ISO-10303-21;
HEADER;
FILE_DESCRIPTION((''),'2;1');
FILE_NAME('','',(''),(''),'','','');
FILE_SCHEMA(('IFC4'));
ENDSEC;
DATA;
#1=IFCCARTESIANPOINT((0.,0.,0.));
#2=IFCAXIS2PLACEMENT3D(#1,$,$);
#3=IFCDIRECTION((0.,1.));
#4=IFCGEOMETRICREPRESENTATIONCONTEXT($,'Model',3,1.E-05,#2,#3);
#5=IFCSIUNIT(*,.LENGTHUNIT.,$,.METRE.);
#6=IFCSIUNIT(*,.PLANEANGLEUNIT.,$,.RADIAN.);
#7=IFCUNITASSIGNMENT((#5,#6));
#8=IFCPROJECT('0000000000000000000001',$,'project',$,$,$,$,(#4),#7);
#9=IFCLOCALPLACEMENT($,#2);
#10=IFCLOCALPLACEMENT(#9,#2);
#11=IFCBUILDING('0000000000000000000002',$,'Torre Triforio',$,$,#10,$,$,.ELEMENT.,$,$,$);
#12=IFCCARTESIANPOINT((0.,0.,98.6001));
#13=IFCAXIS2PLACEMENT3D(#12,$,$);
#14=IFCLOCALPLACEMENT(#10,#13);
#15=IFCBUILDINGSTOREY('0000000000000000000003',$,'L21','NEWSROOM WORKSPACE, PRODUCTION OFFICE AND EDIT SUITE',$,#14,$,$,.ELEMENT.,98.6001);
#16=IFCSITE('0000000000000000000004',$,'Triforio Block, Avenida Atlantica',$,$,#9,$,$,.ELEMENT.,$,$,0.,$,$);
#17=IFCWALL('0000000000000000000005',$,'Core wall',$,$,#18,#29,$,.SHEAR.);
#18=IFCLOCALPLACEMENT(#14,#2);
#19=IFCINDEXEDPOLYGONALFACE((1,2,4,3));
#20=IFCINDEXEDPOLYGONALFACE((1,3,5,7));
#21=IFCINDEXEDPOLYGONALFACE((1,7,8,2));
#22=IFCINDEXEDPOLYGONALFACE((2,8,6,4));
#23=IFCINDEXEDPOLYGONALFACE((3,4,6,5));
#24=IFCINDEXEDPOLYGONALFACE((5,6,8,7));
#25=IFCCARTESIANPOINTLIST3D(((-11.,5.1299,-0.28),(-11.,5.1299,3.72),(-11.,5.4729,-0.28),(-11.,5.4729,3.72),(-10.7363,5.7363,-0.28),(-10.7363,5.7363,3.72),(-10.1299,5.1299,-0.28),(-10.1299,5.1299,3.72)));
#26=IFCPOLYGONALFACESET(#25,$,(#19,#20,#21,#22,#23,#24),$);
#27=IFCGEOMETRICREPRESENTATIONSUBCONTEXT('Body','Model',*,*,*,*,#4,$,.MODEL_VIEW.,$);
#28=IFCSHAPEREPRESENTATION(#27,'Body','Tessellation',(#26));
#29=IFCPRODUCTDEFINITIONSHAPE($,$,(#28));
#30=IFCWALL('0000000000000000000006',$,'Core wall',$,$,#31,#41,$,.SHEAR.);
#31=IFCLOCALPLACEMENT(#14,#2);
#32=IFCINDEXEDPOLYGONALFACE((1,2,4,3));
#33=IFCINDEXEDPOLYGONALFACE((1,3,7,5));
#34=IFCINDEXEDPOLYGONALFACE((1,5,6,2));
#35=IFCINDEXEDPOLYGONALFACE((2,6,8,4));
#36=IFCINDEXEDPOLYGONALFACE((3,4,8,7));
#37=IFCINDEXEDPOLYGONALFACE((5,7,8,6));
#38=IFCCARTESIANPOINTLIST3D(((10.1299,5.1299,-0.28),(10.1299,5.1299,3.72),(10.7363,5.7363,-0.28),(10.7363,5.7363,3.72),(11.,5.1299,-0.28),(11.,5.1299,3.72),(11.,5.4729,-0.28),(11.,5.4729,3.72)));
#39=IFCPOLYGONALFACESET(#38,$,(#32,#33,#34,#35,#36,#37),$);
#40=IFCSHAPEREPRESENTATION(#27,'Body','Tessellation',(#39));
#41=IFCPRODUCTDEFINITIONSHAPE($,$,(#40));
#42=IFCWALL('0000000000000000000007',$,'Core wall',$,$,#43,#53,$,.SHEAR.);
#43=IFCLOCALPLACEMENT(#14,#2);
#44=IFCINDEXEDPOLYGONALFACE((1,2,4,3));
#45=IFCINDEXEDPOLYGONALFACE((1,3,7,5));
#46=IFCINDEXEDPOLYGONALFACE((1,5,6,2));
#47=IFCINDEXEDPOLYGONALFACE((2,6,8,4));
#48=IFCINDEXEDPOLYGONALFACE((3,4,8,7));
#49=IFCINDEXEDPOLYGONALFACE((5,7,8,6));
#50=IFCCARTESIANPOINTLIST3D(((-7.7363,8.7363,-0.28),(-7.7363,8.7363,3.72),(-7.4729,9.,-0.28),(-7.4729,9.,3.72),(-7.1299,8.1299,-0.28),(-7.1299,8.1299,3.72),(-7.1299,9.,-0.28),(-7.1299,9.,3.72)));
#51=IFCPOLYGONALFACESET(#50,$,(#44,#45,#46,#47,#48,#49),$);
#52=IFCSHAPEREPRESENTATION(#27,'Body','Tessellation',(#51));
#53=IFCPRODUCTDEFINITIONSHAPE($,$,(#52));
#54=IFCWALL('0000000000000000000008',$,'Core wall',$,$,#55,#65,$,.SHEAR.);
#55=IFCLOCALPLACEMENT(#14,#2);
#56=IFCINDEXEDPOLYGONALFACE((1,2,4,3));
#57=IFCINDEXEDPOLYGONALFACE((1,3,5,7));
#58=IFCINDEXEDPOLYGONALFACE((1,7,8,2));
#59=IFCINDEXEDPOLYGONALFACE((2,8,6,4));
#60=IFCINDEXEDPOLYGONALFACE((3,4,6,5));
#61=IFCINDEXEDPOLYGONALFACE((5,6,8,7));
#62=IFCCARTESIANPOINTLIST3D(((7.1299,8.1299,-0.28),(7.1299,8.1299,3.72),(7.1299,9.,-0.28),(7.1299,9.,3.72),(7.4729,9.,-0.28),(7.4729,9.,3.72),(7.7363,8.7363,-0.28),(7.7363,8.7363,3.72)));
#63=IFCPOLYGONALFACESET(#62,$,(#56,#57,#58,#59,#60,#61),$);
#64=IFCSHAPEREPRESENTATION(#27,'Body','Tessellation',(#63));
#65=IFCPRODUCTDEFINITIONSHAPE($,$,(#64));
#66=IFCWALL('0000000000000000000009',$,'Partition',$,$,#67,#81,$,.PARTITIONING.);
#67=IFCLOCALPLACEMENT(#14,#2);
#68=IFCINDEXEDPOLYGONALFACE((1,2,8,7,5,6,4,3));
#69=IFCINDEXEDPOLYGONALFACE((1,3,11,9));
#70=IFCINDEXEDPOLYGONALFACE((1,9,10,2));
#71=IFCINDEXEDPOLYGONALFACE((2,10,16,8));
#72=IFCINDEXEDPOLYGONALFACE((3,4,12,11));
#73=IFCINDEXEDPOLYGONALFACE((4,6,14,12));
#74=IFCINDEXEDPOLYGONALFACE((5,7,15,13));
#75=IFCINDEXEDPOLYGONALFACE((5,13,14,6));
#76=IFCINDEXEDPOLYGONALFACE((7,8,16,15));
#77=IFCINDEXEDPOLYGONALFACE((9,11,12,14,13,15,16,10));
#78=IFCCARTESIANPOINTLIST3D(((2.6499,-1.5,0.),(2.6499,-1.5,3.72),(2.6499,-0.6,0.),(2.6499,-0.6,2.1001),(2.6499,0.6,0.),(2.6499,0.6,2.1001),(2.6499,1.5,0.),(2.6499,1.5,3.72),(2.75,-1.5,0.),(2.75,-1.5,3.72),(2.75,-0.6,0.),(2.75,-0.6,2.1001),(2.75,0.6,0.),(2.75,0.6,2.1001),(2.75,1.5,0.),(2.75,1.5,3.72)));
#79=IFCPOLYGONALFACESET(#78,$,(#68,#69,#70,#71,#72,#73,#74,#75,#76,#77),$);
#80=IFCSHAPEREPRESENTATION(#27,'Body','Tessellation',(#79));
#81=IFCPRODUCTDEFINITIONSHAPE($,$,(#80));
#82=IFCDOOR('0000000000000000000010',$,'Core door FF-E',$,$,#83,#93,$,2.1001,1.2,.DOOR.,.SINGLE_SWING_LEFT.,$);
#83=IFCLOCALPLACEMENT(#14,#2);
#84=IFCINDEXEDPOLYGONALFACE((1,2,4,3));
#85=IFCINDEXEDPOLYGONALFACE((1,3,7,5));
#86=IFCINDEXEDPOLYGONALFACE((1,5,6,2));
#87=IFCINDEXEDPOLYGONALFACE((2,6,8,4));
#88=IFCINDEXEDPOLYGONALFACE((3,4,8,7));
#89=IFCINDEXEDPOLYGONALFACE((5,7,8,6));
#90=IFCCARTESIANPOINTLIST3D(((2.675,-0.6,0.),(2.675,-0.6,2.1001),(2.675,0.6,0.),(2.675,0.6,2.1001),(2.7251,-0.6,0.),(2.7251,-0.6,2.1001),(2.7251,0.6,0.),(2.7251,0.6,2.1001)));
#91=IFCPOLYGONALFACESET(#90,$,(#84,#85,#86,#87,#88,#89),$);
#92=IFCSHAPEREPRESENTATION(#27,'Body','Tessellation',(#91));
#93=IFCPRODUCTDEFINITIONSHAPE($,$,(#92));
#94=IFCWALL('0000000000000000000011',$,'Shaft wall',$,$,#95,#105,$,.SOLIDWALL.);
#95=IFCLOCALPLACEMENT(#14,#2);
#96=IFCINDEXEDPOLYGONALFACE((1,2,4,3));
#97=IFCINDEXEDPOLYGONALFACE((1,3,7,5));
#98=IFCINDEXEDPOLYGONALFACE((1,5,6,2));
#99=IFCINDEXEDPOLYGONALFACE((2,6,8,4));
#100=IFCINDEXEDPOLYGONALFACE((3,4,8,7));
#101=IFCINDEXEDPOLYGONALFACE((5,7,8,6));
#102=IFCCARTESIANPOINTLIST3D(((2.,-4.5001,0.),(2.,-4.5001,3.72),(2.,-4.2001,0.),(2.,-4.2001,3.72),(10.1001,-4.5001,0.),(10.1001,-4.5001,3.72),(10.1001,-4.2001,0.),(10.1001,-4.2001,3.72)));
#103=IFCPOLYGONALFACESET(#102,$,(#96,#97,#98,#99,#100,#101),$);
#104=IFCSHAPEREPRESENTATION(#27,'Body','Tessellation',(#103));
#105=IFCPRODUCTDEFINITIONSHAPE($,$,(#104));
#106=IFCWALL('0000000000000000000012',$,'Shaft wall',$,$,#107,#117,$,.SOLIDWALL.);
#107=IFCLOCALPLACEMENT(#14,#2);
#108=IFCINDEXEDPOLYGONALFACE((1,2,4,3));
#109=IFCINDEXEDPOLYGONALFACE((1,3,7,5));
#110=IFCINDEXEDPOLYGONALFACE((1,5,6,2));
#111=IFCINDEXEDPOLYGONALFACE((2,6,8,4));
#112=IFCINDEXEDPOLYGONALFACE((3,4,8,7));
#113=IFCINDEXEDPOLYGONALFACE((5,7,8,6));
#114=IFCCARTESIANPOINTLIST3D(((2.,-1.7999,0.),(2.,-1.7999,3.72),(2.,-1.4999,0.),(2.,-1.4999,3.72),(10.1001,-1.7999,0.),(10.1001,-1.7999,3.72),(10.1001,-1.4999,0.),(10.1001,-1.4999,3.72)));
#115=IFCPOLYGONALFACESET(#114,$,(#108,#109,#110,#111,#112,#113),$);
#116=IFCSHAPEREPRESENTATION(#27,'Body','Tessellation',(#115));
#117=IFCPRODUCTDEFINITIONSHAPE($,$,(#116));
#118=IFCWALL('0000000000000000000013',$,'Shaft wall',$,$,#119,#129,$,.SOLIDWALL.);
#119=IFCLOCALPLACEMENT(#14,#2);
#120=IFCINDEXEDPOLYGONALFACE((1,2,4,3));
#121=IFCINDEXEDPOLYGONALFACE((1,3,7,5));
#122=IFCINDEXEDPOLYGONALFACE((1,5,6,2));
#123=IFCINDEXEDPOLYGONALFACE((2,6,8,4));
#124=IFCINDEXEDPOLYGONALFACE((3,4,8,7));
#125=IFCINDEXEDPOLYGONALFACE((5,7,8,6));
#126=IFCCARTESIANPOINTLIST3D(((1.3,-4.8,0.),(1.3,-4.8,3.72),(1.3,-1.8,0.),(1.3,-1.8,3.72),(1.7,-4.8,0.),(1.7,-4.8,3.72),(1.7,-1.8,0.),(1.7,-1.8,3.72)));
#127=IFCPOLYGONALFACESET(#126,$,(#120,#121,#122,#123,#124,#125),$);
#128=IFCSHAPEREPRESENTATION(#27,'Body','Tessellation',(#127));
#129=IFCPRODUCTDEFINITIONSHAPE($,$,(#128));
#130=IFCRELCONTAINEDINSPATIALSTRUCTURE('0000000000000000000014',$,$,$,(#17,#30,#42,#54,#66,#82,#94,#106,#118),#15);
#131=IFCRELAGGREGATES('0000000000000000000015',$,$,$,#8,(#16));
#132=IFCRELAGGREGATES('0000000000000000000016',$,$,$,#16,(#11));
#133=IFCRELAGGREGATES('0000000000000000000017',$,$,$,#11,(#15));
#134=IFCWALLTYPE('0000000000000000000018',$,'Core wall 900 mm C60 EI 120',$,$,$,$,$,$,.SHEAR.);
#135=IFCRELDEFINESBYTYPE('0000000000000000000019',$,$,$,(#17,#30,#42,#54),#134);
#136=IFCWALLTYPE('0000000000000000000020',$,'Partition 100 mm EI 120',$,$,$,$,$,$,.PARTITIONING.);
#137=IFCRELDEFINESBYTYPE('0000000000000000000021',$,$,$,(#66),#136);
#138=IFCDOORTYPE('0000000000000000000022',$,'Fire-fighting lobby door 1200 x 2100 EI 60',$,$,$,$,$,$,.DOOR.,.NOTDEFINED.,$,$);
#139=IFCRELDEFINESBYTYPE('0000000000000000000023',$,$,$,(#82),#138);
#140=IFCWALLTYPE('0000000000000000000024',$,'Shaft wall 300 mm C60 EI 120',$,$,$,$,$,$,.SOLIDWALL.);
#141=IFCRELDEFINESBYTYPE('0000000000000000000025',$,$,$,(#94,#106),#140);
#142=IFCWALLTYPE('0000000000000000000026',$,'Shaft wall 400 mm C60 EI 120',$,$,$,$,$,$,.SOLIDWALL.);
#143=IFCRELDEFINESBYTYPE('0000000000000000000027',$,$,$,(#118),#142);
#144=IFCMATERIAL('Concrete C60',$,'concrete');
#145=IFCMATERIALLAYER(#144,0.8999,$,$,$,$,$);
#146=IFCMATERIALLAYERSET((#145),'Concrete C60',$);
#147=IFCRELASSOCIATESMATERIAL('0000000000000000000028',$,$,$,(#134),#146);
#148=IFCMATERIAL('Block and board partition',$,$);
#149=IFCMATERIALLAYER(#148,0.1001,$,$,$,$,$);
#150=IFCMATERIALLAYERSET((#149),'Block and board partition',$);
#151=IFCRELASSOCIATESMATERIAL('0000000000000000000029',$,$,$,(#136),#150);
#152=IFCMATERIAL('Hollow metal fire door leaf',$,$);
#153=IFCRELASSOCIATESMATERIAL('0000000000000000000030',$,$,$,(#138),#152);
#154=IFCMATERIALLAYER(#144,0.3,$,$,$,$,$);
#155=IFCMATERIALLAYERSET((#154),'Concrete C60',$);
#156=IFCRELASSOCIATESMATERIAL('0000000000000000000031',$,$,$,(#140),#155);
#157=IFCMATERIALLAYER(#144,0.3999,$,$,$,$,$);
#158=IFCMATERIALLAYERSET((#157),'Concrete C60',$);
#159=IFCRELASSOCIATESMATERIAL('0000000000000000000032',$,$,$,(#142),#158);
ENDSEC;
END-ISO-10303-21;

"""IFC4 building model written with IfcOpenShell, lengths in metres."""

from ifc_helpers import new_model, si_unit, direction, frame, frame_2d, origin, place, context, subcontext, project, spatial, polyline, rectangle, outline, extrude, material, layer, layer_set, type_object, element, fill, save


model = new_model("IFC4")

# Units and contexts
model_context = context("Model", 3, precision=1e-05, world=origin(), true_north=direction((0.0, 1.0)))
body_context = subcontext(model_context, "Body", "Model", "MODEL_VIEW")
ifc_project = project(units=[si_unit("LENGTHUNIT", "METRE"), si_unit("PLANEANGLEUNIT", "RADIAN")], contexts=[model_context])

# Site, building, storey
site_placement = place(None, origin())
site = spatial("IfcSite", under=ifc_project, at=site_placement, Name="Triforio Block, Avenida Atlantica", CompositionType="ELEMENT", RefElevation=0.0)
building_placement = place(site_placement, origin())
building = spatial("IfcBuilding", under=site, at=building_placement, Name="Torre Triforio", CompositionType="ELEMENT")
storey_placement = place(building_placement, frame((0.0, 0.0, 98.6001)))
storey = spatial("IfcBuildingStorey", under=building, at=storey_placement, Name="L21", Description="NEWSROOM WORKSPACE, PRODUCTION OFFICE AND EDIT SUITE", CompositionType="ELEMENT", Elevation=98.6001)

# Shared definitions
ifc_material_1 = material(Name="Concrete C60", Category="concrete")

# Walls
ifc_layer_1 = layer(ifc_material_1, 0.8999)
ifc_layer_set_1 = layer_set([ifc_layer_1], Name="Concrete C60")
wall_type_1 = type_object("IfcWallType", Name="Core wall 900 mm C60 EI 120", PredefinedType="SHEAR", material=ifc_layer_set_1)
wall_1_placement = place(storey_placement, frame((0.0, 0.0, -0.28)))
element("IfcWall", 1, at=wall_1_placement, inside=storey, type_object=wall_type_1, Name="Core wall", PredefinedType="SHEAR", context=body_context, shape_type="SweptSolid", body=[
    extrude(outline(polyline([(-10.7363, 5.7363), (-10.1299, 5.1299), (-11.0, 5.1299), (-11.0, 5.4729), (-10.7363, 5.7363)])), origin(), (0.0, 0.0, 1.0), 4.0),
])
wall_2_placement = place(storey_placement, frame((0.0, 0.0, -0.28)))
element("IfcWall", 2, at=wall_2_placement, inside=storey, type_object=wall_type_1, Name="Core wall", PredefinedType="SHEAR", context=body_context, shape_type="SweptSolid", body=[
    extrude(outline(polyline([(11.0, 5.4729), (11.0, 5.1299), (10.1299, 5.1299), (10.7363, 5.7363), (11.0, 5.4729)])), origin(), (0.0, 0.0, 1.0), 4.0),
])
wall_3_placement = place(storey_placement, frame((0.0, 0.0, -0.28)))
element("IfcWall", 3, at=wall_3_placement, inside=storey, type_object=wall_type_1, Name="Core wall", PredefinedType="SHEAR", context=body_context, shape_type="SweptSolid", body=[
    extrude(outline(polyline([(-7.4729, 9.0), (-7.1299, 9.0), (-7.1299, 8.1299), (-7.7363, 8.7363), (-7.4729, 9.0)])), origin(), (0.0, 0.0, 1.0), 4.0),
])
wall_4_placement = place(storey_placement, frame((0.0, 0.0, -0.28)))
element("IfcWall", 4, at=wall_4_placement, inside=storey, type_object=wall_type_1, Name="Core wall", PredefinedType="SHEAR", context=body_context, shape_type="SweptSolid", body=[
    extrude(outline(polyline([(7.4729, 9.0), (7.7363, 8.7363), (7.1299, 8.1299), (7.1299, 9.0), (7.4729, 9.0)])), origin(), (0.0, 0.0, 1.0), 4.0),
])

# Wall, opening, door
ifc_material_2 = material(Name="Block and board partition")
ifc_layer_2 = layer(ifc_material_2, 0.1001)
ifc_layer_set_2 = layer_set([ifc_layer_2], Name="Block and board partition")
wall_type_2 = type_object("IfcWallType", Name="Partition 100 mm EI 120", PredefinedType="PARTITIONING", material=ifc_layer_set_2)
wall_5_placement = place(storey_placement, frame((2.7, -1.5, 0.0), z_axis=(0.0, 0.0, 1.0), x_axis=(0.0, 1.0, 0.0)))
wall_5 = element("IfcWall", 5, at=wall_5_placement, inside=storey, type_object=wall_type_2, Name="Partition", PredefinedType="PARTITIONING", context=body_context, shape_type="SweptSolid", body=[
    extrude(rectangle(XDim=3.0, YDim=0.1001, at=frame_2d((1.5, 0.0))), origin(), (0.0, 0.0, 1.0), 3.72),
])
opening_placement = place(wall_5_placement, frame((0.8999, 0.0, 0.0)))
opening = element("IfcOpeningElement", 6, at=opening_placement, cuts=wall_5, PredefinedType="OPENING", context=body_context, shape_type="SweptSolid", body=[
    extrude(rectangle(XDim=1.2, YDim=2.1001, at=frame_2d((0.6001, 1.05))), frame((0.0, 0.0601, 0.0), z_axis=(0.0, -1.0, 0.0), x_axis=(1.0, 0.0, 0.0)), (0.0, 0.0, 1.0), 0.1201),
])
ifc_material_3 = material(Name="Hollow metal fire door leaf")
door_type = type_object("IfcDoorType", Name="Fire-fighting lobby door 1200 x 2100 EI 60", OperationType="NOTDEFINED", PredefinedType="DOOR", material=ifc_material_3)
door_placement = place(opening_placement, origin())
door = element("IfcDoor", 7, at=door_placement, inside=storey, type_object=door_type, Name="Core door FF-E", OperationType="SINGLE_SWING_LEFT", OverallHeight=2.1001, OverallWidth=1.2, PredefinedType="DOOR", context=body_context, shape_type="SweptSolid", body=[
    extrude(rectangle(XDim=1.2, YDim=2.1001, at=frame_2d((0.6001, 1.05))), frame((0.0, 0.0249, 0.0), z_axis=(0.0, -1.0, 0.0), x_axis=(1.0, 0.0, 0.0)), (0.0, 0.0, 1.0), 0.05),
])
fill(opening, door)

# Walls
ifc_layer_3 = layer(ifc_material_1, 0.3)
ifc_layer_set_3 = layer_set([ifc_layer_3], Name="Concrete C60")
wall_type_3 = type_object("IfcWallType", Name="Shaft wall 300 mm C60 EI 120", PredefinedType="SOLIDWALL", material=ifc_layer_set_3)
for number, where, z_axis, x_axis, name in (
    (8, (2.0, -4.3501, 0.0), (0.0, 0.0, 1.0), (1.0, 0.0, 0.0), "Shaft wall"),
    (9, (2.0, -1.6499, 0.0), (0.0, 0.0, 1.0), (1.0, 0.0, 0.0), "Shaft wall"),
):
    element("IfcWall", number, at=place(storey_placement, frame(where, z_axis=z_axis, x_axis=x_axis)), inside=storey, type_object=wall_type_3, Name=name, PredefinedType="SOLIDWALL", context=body_context, shape_type="SweptSolid", body=[
        extrude(rectangle(XDim=8.1001, YDim=0.3, at=frame_2d((4.05, 0.0))), origin(), (0.0, 0.0, 1.0), 3.72),
    ])
ifc_layer_4 = layer(ifc_material_1, 0.3999)
ifc_layer_set_4 = layer_set([ifc_layer_4], Name="Concrete C60")
wall_type_4 = type_object("IfcWallType", Name="Shaft wall 400 mm C60 EI 120", PredefinedType="SOLIDWALL", material=ifc_layer_set_4)
wall_6_placement = place(storey_placement, frame((1.5, -4.8, 0.0), z_axis=(0.0, 0.0, 1.0), x_axis=(0.0, 1.0, 0.0)))
element("IfcWall", 10, at=wall_6_placement, inside=storey, type_object=wall_type_4, Name="Shaft wall", PredefinedType="SOLIDWALL", context=body_context, shape_type="SweptSolid", body=[
    extrude(rectangle(XDim=3.0, YDim=0.3999, at=frame_2d((1.5, 0.0))), origin(), (0.0, 0.0, 1.0), 3.72),
])

save(model, "model.ifc")
